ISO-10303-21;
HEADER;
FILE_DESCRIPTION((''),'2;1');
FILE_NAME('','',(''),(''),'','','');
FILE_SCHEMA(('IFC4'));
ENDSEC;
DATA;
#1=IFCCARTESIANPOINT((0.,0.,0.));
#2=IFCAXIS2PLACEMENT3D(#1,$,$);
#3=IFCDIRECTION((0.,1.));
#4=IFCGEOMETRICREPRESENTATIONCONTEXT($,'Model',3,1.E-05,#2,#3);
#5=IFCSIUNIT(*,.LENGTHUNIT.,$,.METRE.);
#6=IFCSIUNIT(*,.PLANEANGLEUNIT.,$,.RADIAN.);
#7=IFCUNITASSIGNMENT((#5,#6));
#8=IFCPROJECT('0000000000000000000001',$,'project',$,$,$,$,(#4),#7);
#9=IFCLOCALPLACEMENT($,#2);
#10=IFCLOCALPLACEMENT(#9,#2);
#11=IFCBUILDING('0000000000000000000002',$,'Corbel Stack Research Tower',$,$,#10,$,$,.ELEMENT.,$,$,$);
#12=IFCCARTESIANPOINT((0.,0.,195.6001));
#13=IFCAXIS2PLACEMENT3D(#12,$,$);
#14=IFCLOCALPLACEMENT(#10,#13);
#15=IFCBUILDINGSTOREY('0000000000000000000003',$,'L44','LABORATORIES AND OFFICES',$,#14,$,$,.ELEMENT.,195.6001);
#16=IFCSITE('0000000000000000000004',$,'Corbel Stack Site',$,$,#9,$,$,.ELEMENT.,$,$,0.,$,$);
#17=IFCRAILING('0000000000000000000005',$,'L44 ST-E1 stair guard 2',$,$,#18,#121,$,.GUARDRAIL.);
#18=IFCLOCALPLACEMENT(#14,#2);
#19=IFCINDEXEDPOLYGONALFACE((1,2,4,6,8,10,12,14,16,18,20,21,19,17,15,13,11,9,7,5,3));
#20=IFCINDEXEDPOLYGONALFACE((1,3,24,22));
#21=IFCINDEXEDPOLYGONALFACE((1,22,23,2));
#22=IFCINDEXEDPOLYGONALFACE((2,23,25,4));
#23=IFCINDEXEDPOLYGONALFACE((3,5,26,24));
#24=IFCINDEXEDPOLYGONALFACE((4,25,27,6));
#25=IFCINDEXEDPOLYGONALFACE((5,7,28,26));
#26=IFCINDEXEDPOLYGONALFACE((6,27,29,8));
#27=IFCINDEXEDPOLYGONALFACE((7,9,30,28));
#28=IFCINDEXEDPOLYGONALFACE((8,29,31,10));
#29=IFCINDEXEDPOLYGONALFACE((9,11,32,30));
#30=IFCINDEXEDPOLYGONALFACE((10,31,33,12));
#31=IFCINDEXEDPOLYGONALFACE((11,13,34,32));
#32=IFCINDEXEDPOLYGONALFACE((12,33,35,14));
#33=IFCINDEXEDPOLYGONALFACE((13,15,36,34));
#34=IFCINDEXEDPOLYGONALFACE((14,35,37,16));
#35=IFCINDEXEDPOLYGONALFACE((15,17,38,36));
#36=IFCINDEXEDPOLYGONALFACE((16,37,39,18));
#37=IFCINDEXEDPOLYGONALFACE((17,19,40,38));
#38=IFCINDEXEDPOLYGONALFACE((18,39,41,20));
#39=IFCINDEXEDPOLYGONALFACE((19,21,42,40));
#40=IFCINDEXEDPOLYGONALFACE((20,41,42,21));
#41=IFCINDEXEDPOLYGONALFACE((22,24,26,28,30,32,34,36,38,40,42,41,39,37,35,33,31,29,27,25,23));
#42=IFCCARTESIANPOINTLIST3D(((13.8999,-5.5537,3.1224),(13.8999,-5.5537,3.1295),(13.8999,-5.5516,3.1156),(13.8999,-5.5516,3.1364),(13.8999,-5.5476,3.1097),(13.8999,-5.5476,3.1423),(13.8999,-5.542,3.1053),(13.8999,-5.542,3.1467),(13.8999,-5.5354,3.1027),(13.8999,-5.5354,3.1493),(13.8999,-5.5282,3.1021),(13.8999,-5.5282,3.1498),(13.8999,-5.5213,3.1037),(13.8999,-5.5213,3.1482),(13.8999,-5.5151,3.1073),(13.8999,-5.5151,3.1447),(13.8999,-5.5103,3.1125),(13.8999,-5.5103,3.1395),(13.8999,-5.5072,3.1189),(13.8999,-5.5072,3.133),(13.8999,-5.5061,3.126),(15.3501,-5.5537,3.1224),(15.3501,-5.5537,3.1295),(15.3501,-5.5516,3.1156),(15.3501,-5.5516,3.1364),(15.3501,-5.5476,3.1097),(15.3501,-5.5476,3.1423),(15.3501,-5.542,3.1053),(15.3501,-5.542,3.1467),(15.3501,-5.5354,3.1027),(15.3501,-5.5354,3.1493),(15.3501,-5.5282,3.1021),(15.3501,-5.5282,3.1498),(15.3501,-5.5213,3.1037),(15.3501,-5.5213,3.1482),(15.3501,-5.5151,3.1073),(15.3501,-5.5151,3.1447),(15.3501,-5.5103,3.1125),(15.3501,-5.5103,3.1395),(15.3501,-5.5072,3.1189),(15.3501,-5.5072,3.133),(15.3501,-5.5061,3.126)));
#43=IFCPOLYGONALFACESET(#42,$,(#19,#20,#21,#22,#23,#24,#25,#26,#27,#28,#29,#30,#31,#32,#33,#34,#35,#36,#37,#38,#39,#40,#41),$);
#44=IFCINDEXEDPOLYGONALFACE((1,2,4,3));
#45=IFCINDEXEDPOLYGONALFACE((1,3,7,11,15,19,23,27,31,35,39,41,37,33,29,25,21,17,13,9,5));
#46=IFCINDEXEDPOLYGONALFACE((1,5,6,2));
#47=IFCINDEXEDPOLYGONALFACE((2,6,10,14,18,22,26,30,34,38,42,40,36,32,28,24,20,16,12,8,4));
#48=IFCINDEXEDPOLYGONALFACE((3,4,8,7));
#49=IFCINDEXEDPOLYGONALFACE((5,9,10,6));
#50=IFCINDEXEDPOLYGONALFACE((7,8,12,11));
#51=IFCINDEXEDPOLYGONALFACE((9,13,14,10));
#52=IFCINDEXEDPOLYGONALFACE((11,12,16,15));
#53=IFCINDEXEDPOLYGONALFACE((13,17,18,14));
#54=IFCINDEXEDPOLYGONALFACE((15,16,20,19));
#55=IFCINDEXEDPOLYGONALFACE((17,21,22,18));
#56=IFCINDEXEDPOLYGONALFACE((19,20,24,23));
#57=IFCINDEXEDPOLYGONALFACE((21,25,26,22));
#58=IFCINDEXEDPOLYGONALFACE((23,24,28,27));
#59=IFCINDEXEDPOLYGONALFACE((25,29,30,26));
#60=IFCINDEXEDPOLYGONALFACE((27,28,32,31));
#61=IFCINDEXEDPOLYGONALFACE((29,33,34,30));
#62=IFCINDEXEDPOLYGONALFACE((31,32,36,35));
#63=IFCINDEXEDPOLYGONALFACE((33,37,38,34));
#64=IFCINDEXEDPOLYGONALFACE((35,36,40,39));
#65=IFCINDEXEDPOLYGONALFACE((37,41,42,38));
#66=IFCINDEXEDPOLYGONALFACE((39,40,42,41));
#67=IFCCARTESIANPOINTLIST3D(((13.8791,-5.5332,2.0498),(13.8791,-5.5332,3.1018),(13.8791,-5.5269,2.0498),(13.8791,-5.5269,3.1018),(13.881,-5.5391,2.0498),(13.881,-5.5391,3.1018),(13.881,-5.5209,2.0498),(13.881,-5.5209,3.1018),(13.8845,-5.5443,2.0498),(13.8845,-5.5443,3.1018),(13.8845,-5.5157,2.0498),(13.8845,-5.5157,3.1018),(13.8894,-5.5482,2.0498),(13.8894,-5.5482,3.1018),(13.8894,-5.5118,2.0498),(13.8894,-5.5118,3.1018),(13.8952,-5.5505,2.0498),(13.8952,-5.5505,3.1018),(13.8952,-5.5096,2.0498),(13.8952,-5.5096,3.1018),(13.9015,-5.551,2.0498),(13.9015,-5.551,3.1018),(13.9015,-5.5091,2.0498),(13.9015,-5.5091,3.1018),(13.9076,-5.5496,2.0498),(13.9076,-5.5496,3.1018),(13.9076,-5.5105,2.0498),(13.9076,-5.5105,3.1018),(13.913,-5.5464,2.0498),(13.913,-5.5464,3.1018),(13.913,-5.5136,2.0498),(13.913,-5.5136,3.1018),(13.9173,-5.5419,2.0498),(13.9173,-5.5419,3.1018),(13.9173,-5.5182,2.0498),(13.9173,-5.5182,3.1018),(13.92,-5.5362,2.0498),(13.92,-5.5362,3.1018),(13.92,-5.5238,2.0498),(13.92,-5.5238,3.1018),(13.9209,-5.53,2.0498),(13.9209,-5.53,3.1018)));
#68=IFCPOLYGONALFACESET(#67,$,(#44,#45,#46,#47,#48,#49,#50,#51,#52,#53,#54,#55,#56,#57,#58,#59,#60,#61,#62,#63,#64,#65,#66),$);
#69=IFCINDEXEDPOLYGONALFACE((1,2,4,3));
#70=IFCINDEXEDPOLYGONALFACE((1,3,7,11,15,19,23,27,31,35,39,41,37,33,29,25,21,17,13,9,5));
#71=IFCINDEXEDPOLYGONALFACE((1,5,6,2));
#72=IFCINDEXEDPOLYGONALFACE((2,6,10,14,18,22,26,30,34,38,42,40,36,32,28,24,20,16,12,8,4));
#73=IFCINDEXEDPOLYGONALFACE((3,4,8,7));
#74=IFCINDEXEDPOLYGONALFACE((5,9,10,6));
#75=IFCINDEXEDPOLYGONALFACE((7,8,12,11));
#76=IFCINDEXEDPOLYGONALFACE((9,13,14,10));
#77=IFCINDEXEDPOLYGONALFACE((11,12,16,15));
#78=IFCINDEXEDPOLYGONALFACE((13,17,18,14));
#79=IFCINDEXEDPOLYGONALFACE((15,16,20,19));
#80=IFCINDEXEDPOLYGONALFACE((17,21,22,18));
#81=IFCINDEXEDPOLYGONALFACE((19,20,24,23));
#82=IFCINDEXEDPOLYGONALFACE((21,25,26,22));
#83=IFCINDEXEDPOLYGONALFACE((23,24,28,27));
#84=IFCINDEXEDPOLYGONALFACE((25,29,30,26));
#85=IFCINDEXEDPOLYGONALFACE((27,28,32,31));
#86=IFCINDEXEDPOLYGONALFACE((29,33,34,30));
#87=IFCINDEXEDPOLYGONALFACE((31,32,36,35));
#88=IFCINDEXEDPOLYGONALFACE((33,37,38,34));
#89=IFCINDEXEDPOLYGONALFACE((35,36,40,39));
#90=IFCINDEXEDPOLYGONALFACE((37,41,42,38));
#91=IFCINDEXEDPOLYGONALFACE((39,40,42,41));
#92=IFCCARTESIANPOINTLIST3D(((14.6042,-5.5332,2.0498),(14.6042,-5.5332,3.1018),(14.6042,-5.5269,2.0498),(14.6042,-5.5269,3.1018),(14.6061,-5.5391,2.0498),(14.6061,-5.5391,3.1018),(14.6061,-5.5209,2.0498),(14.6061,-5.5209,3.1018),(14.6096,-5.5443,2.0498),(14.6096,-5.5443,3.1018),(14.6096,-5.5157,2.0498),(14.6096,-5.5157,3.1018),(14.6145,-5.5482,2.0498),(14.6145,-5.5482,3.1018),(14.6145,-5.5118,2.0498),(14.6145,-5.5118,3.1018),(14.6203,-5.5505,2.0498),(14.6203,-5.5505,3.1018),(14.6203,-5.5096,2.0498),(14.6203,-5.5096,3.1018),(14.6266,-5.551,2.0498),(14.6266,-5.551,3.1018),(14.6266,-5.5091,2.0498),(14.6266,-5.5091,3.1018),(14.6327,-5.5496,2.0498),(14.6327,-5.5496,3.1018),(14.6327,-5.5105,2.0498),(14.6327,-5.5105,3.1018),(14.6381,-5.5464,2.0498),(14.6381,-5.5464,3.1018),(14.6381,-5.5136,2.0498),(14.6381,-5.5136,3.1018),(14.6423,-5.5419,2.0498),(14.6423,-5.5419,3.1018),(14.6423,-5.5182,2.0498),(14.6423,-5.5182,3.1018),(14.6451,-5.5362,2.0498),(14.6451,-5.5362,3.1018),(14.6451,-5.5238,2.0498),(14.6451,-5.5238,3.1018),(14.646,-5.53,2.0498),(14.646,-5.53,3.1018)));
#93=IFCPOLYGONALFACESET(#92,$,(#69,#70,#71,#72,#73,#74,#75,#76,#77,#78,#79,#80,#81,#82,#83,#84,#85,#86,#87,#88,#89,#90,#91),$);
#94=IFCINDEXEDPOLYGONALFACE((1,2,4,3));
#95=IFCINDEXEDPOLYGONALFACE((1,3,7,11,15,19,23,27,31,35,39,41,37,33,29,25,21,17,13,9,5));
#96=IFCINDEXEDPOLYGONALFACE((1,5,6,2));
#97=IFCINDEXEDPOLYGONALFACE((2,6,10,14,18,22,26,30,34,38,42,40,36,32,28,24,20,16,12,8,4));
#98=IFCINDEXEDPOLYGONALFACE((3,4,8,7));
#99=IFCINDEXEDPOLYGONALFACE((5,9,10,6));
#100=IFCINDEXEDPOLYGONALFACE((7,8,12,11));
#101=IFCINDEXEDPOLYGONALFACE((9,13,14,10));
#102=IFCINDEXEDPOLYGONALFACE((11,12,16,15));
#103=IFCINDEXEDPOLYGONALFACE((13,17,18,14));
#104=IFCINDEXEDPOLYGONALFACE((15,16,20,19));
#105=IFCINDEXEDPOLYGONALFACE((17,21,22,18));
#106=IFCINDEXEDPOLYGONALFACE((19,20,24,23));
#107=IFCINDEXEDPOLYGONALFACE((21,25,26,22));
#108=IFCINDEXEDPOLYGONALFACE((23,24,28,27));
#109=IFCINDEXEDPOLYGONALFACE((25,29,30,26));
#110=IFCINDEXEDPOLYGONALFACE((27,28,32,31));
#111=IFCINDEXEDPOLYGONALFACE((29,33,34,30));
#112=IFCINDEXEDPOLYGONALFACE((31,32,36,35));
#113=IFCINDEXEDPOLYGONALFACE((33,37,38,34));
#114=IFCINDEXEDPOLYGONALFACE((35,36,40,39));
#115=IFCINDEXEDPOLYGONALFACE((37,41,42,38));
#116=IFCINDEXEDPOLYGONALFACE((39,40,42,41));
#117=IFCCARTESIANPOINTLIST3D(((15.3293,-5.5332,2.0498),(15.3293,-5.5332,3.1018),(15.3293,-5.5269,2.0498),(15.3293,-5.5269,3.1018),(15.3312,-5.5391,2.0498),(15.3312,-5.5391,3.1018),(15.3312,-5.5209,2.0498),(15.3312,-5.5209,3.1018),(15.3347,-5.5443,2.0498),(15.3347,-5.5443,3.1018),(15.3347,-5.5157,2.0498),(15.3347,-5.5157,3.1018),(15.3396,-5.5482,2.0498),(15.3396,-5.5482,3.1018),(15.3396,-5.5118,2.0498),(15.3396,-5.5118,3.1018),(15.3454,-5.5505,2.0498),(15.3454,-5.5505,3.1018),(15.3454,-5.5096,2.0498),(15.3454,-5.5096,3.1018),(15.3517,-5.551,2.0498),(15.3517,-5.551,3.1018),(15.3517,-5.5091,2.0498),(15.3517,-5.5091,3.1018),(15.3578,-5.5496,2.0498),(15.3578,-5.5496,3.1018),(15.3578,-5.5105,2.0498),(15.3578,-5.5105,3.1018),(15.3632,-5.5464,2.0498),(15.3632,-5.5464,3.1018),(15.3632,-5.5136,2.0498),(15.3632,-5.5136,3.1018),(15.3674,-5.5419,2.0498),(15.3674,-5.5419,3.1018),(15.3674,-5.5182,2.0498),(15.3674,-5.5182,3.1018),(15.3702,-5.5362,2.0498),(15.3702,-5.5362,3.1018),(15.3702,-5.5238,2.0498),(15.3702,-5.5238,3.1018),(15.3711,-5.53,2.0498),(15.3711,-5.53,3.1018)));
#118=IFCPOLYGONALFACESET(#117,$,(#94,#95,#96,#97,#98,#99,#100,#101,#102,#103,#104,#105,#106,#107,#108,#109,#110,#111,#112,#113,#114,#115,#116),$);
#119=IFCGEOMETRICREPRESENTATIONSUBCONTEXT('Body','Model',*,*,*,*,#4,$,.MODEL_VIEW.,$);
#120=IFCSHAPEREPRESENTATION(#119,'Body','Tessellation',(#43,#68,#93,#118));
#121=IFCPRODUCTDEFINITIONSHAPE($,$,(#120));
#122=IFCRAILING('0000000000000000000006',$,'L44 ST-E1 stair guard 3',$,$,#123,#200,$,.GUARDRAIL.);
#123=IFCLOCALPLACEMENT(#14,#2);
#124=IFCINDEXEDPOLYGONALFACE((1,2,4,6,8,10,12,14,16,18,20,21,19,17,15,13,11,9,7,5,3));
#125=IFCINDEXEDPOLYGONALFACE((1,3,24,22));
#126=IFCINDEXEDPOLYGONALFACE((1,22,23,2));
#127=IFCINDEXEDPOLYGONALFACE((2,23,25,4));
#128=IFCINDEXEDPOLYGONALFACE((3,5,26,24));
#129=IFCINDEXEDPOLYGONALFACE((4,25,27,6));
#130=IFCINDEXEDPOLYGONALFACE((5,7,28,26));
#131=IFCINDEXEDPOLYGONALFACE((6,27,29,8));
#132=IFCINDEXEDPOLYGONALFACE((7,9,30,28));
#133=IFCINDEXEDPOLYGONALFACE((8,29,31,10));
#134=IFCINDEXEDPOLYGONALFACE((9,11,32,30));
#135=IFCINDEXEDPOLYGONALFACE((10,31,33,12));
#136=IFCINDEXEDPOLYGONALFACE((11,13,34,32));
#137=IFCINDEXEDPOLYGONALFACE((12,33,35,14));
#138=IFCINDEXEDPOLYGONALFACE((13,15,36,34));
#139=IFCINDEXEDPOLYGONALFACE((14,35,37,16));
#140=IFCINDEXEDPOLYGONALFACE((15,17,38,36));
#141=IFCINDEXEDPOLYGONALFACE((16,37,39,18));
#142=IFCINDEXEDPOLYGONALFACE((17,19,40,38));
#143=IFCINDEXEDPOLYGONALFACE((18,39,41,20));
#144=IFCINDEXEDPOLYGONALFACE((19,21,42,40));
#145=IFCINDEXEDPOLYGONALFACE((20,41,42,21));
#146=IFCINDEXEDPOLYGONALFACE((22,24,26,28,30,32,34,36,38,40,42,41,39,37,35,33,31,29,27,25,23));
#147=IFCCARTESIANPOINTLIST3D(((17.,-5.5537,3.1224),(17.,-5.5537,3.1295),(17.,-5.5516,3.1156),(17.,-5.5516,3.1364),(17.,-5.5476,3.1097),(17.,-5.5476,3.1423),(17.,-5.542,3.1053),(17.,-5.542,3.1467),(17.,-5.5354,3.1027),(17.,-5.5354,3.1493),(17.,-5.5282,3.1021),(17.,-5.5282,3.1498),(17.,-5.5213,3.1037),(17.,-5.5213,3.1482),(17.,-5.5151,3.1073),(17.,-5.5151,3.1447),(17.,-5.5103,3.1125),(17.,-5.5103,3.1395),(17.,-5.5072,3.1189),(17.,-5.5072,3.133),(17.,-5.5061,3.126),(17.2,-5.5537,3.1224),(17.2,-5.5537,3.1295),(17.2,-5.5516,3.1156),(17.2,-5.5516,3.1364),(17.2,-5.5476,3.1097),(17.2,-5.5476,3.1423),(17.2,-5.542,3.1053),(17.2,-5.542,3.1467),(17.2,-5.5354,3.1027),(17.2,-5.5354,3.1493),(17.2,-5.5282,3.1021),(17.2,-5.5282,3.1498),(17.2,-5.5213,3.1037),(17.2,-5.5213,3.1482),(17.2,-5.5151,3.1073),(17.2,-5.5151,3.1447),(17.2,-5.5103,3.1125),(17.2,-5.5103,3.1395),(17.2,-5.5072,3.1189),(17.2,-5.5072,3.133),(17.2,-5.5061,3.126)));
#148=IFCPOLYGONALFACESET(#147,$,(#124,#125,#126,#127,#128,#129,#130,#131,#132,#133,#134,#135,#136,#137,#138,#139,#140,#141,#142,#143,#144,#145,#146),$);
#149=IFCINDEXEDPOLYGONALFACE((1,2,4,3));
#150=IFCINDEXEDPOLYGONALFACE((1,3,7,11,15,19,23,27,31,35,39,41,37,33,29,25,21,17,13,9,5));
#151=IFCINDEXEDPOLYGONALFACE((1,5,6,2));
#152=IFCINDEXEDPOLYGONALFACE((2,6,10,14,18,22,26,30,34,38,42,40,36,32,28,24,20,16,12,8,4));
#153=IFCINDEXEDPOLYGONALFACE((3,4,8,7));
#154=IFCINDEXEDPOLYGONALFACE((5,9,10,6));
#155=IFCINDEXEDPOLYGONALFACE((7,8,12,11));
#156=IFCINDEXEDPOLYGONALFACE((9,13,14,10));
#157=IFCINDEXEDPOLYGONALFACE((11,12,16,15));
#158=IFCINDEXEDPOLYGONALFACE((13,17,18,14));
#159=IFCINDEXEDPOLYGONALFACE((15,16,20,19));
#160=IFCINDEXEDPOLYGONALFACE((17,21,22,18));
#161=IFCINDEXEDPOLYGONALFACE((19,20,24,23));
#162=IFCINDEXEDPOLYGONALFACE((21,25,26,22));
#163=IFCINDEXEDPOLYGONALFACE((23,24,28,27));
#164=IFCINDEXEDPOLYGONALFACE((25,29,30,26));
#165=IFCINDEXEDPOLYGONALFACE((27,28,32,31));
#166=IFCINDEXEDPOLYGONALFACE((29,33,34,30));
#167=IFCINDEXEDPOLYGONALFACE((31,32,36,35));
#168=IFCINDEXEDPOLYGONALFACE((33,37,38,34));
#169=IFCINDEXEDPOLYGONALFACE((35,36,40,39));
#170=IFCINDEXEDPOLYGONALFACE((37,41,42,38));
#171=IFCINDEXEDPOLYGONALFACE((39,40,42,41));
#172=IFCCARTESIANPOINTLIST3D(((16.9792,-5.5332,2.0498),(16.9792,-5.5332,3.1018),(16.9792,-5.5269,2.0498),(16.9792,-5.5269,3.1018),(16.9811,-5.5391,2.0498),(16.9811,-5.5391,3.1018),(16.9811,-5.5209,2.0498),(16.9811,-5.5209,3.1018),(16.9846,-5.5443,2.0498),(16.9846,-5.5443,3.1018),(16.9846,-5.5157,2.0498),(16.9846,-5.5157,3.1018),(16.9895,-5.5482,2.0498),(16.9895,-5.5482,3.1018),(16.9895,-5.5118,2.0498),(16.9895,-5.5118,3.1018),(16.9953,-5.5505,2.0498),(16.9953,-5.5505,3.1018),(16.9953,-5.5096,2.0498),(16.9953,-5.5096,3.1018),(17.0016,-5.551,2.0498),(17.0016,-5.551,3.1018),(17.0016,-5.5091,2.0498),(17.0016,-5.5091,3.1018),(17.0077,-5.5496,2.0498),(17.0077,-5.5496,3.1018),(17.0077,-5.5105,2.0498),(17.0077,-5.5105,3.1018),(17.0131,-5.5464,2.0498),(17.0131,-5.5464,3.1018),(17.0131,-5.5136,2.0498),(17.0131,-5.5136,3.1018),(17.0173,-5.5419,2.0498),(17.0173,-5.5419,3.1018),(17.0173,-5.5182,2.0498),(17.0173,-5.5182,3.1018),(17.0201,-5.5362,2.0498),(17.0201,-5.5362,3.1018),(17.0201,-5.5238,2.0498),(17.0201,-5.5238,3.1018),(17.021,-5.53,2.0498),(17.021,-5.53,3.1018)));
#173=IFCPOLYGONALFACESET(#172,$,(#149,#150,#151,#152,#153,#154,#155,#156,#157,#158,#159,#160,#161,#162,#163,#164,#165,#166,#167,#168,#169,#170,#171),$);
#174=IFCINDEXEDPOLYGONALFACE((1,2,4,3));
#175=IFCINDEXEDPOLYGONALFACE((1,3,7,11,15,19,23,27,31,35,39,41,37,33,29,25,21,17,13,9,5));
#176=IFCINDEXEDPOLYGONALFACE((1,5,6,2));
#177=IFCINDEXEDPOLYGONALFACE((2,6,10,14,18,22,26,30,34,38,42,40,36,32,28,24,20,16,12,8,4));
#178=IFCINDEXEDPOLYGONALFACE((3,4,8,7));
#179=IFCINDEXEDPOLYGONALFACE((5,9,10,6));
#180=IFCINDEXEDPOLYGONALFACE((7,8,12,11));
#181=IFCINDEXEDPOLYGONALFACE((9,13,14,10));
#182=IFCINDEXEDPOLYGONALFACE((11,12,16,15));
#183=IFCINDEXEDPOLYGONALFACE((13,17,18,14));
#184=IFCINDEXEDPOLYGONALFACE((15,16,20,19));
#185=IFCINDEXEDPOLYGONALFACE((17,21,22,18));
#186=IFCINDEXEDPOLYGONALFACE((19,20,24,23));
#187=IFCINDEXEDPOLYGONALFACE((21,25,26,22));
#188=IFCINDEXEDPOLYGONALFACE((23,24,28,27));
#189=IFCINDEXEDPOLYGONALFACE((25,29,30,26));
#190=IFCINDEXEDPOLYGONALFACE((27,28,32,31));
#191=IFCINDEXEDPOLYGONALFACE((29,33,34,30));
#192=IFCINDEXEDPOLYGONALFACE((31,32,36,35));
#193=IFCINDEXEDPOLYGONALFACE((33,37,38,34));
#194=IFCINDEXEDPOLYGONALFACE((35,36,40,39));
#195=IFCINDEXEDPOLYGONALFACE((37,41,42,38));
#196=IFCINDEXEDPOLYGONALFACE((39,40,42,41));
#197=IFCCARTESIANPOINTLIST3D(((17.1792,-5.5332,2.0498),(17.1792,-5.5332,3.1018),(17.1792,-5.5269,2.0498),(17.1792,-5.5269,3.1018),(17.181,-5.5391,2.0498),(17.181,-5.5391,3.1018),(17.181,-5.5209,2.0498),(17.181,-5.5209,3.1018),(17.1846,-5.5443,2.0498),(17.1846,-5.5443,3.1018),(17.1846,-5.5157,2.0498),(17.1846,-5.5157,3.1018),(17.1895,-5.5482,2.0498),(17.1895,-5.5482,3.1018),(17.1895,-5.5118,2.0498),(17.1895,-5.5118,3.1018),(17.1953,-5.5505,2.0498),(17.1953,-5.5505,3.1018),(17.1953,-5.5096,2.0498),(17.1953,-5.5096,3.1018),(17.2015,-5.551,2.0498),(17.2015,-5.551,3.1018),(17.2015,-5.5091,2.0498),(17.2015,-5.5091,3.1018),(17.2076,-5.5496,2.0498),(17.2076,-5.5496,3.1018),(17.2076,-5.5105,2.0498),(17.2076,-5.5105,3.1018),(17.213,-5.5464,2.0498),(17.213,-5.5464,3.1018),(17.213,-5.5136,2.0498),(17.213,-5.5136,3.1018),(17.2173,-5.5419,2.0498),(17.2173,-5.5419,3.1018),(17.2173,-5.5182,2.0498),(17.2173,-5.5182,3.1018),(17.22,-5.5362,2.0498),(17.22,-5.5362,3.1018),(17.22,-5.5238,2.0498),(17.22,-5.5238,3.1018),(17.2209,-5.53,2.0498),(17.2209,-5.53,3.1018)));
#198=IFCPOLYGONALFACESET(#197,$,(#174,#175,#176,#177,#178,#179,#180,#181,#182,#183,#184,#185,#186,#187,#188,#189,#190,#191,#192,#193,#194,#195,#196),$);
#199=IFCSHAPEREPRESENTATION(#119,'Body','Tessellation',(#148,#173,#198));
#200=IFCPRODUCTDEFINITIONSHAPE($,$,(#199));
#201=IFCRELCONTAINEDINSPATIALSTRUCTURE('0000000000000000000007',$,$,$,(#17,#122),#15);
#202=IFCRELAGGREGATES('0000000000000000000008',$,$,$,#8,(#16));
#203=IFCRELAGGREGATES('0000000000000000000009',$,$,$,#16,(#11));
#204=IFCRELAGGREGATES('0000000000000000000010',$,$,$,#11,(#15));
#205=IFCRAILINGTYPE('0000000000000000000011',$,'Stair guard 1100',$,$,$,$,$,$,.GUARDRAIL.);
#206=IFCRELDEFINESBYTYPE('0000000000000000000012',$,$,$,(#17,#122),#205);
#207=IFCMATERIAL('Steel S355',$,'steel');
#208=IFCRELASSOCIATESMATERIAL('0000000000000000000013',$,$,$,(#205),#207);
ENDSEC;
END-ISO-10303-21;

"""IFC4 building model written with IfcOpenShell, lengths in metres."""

from ifc_helpers import new_model, si_unit, direction, frame, origin, origin_2d, place, context, subcontext, project, spatial, circle, extrude, material, type_object, element, save


model = new_model("IFC4")

# Units and contexts
model_context = context("Model", 3, precision=1e-05, world=origin(), true_north=direction((0.0, 1.0)))
body_context = subcontext(model_context, "Body", "Model", "MODEL_VIEW")
ifc_project = project(units=[si_unit("LENGTHUNIT", "METRE"), si_unit("PLANEANGLEUNIT", "RADIAN")], contexts=[model_context])

# Site, building, storey
site_placement = place(None, origin())
site = spatial("IfcSite", under=ifc_project, at=site_placement, Name="Corbel Stack Site", CompositionType="ELEMENT", RefElevation=0.0)
building_placement = place(site_placement, origin())
building = spatial("IfcBuilding", under=site, at=building_placement, Name="Corbel Stack Research Tower", CompositionType="ELEMENT")
storey_placement = place(building_placement, frame((0.0, 0.0, 195.6001)))
storey = spatial("IfcBuildingStorey", under=building, at=storey_placement, Name="L44", Description="LABORATORIES AND OFFICES", CompositionType="ELEMENT", Elevation=195.6001)

# Railings
ifc_material_1 = material(Name="Steel S355", Category="steel")
railing_type_1 = type_object("IfcRailingType", Name="Stair guard 1100", PredefinedType="GUARDRAIL", material=ifc_material_1)
railing_1_placement = place(storey_placement, frame((13.8999, -5.53, 2.0498)))
element("IfcRailing", 1, at=railing_1_placement, inside=storey, type_object=railing_type_1, Name="L44 ST-E1 stair guard 2", PredefinedType="GUARDRAIL", context=body_context, shape_type="SweptSolid", body=[
    extrude(circle(Radius=0.0239, at=origin_2d()), frame((0.0, 0.0, 1.0762), z_axis=(1.0, 0.0, 0.0), x_axis=(0.0, 1.0, 0.0)), (0.0, 0.0, 1.0), 1.4502),
    extrude(circle(Radius=0.021, at=origin_2d()), origin(), (0.0, 0.0, 1.0), 1.052),
    extrude(circle(Radius=0.021, at=origin_2d()), frame((0.7251, 0.0, 0.0)), (0.0, 0.0, 1.0), 1.052),
    extrude(circle(Radius=0.021, at=origin_2d()), frame((1.4502, 0.0, 0.0)), (0.0, 0.0, 1.0), 1.052),
])
railing_2_placement = place(storey_placement, frame((17.0, -5.53, 2.0498)))
element("IfcRailing", 2, at=railing_2_placement, inside=storey, type_object=railing_type_1, Name="L44 ST-E1 stair guard 3", PredefinedType="GUARDRAIL", context=body_context, shape_type="SweptSolid", body=[
    extrude(circle(Radius=0.0239, at=origin_2d()), frame((0.0, 0.0, 1.0762), z_axis=(1.0, 0.0, 0.0), x_axis=(0.0, 1.0, 0.0)), (0.0, 0.0, 1.0), 0.2),
    extrude(circle(Radius=0.021, at=origin_2d()), origin(), (0.0, 0.0, 1.0), 1.052),
    extrude(circle(Radius=0.021, at=origin_2d()), frame((0.2, 0.0, 0.0)), (0.0, 0.0, 1.0), 1.052),
])

save(model, "model.ifc")
